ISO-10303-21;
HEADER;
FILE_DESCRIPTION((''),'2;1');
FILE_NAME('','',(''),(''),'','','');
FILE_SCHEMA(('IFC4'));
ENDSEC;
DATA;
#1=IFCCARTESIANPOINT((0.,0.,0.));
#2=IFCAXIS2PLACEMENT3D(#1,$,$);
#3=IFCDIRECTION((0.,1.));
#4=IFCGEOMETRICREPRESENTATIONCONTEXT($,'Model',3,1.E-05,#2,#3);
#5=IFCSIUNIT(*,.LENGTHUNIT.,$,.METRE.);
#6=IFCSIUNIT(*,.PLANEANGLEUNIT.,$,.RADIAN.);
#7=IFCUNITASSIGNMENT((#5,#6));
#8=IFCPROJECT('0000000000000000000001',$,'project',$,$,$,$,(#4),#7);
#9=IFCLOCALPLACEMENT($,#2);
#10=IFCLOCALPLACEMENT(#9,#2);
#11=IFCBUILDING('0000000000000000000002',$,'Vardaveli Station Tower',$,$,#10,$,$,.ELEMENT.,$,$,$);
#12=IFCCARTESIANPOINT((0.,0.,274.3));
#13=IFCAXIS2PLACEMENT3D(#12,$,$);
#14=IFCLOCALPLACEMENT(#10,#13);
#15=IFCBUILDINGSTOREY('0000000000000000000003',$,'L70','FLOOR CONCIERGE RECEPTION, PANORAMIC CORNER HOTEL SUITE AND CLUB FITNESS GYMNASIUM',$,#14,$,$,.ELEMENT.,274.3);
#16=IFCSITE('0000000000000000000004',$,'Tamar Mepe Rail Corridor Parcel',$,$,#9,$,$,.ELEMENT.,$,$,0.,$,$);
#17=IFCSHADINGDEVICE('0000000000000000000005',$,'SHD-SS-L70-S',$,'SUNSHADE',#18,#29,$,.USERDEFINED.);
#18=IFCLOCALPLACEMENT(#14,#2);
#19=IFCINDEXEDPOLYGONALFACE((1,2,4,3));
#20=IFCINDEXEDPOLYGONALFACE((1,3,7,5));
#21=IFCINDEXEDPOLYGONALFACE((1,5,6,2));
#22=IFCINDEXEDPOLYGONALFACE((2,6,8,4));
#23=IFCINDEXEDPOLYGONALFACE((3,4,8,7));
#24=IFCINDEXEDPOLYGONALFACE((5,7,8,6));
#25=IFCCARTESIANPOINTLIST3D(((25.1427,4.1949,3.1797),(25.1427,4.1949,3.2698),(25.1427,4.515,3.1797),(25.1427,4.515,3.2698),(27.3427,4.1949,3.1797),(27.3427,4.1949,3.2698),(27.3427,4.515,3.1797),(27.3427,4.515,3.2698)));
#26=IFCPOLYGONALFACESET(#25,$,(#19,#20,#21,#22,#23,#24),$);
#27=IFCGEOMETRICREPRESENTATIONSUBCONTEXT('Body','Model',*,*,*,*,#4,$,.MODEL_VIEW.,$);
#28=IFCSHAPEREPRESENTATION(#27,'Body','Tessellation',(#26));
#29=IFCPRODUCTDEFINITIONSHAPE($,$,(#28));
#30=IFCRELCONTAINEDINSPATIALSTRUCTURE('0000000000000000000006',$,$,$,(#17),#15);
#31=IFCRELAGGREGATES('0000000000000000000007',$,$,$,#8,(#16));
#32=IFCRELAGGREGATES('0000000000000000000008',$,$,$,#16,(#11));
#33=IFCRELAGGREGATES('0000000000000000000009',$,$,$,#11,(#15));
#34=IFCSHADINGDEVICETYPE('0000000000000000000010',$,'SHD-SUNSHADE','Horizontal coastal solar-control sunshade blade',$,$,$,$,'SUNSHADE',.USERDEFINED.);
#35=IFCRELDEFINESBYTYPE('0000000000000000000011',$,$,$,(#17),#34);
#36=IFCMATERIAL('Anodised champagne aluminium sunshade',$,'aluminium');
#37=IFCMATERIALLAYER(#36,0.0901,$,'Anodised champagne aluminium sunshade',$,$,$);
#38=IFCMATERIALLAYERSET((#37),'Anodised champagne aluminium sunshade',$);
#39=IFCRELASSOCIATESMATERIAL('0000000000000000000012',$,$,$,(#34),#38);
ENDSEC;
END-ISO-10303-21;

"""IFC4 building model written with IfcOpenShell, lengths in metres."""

from ifc_helpers import new_model, si_unit, direction, frame, origin, origin_2d, place, context, subcontext, project, spatial, rectangle, extrude, source, transform, mapped, material, layer, layer_set, type_object, element, save


model = new_model("IFC4")

# Units and contexts
model_context = context("Model", 3, precision=1e-05, world=origin(), true_north=direction((0.0, 1.0)))
body_context = subcontext(model_context, "Body", "Model", "MODEL_VIEW")
ifc_project = project(units=[si_unit("LENGTHUNIT", "METRE"), si_unit("PLANEANGLEUNIT", "RADIAN")], contexts=[model_context])

# Site, building, storey
site_placement = place(None, origin())
site = spatial("IfcSite", under=ifc_project, at=site_placement, Name="Tamar Mepe Rail Corridor Parcel", CompositionType="ELEMENT", RefElevation=0.0)
building_placement = place(site_placement, origin())
building = spatial("IfcBuilding", under=site, at=building_placement, Name="Vardaveli Station Tower", CompositionType="ELEMENT")
storey_placement = place(building_placement, frame((0.0, 0.0, 274.3)))
storey = spatial("IfcBuildingStorey", under=building, at=storey_placement, Name="L70", Description="FLOOR CONCIERGE RECEPTION, PANORAMIC CORNER HOTEL SUITE AND CLUB FITNESS GYMNASIUM", CompositionType="ELEMENT", Elevation=274.3)

# Shading device
ifc_material_1 = material(Name="Anodised champagne aluminium sunshade", Category="aluminium")
ifc_layer_1 = layer(ifc_material_1, 0.0901, Name="Anodised champagne aluminium sunshade")
ifc_layer_set_1 = layer_set([ifc_layer_1], Name="Anodised champagne aluminium sunshade")
shading_device_type = type_object("IfcShadingDeviceType", Name="SHD-SUNSHADE", Description="Horizontal coastal solar-control sunshade blade", ElementType="SUNSHADE", PredefinedType="USERDEFINED", material=ifc_layer_set_1)
shared_shape_1 = source(origin(), body_context, "Body", "SweptSolid", [
    extrude(rectangle(XDim=2.2, YDim=0.3201, at=origin_2d()), origin(), (0.0, 0.0, 1.0), 0.0901),
])
shading_device_placement = place(storey_placement, frame((26.2427, 4.355, 3.1797), z_axis=(0.0, 0.0, 1.0), x_axis=(1.0, 0.0, 0.0)))
element("IfcShadingDevice", 1, at=shading_device_placement, inside=storey, type_object=shading_device_type, Name="SHD-SS-L70-S", ObjectType="SUNSHADE", PredefinedType="USERDEFINED", context=body_context, shape_type="MappedRepresentation", body=[
    mapped(shared_shape_1, transform((0.0, 0.0, 0.0), scale=1.0)),
])

save(model, "model.ifc")
